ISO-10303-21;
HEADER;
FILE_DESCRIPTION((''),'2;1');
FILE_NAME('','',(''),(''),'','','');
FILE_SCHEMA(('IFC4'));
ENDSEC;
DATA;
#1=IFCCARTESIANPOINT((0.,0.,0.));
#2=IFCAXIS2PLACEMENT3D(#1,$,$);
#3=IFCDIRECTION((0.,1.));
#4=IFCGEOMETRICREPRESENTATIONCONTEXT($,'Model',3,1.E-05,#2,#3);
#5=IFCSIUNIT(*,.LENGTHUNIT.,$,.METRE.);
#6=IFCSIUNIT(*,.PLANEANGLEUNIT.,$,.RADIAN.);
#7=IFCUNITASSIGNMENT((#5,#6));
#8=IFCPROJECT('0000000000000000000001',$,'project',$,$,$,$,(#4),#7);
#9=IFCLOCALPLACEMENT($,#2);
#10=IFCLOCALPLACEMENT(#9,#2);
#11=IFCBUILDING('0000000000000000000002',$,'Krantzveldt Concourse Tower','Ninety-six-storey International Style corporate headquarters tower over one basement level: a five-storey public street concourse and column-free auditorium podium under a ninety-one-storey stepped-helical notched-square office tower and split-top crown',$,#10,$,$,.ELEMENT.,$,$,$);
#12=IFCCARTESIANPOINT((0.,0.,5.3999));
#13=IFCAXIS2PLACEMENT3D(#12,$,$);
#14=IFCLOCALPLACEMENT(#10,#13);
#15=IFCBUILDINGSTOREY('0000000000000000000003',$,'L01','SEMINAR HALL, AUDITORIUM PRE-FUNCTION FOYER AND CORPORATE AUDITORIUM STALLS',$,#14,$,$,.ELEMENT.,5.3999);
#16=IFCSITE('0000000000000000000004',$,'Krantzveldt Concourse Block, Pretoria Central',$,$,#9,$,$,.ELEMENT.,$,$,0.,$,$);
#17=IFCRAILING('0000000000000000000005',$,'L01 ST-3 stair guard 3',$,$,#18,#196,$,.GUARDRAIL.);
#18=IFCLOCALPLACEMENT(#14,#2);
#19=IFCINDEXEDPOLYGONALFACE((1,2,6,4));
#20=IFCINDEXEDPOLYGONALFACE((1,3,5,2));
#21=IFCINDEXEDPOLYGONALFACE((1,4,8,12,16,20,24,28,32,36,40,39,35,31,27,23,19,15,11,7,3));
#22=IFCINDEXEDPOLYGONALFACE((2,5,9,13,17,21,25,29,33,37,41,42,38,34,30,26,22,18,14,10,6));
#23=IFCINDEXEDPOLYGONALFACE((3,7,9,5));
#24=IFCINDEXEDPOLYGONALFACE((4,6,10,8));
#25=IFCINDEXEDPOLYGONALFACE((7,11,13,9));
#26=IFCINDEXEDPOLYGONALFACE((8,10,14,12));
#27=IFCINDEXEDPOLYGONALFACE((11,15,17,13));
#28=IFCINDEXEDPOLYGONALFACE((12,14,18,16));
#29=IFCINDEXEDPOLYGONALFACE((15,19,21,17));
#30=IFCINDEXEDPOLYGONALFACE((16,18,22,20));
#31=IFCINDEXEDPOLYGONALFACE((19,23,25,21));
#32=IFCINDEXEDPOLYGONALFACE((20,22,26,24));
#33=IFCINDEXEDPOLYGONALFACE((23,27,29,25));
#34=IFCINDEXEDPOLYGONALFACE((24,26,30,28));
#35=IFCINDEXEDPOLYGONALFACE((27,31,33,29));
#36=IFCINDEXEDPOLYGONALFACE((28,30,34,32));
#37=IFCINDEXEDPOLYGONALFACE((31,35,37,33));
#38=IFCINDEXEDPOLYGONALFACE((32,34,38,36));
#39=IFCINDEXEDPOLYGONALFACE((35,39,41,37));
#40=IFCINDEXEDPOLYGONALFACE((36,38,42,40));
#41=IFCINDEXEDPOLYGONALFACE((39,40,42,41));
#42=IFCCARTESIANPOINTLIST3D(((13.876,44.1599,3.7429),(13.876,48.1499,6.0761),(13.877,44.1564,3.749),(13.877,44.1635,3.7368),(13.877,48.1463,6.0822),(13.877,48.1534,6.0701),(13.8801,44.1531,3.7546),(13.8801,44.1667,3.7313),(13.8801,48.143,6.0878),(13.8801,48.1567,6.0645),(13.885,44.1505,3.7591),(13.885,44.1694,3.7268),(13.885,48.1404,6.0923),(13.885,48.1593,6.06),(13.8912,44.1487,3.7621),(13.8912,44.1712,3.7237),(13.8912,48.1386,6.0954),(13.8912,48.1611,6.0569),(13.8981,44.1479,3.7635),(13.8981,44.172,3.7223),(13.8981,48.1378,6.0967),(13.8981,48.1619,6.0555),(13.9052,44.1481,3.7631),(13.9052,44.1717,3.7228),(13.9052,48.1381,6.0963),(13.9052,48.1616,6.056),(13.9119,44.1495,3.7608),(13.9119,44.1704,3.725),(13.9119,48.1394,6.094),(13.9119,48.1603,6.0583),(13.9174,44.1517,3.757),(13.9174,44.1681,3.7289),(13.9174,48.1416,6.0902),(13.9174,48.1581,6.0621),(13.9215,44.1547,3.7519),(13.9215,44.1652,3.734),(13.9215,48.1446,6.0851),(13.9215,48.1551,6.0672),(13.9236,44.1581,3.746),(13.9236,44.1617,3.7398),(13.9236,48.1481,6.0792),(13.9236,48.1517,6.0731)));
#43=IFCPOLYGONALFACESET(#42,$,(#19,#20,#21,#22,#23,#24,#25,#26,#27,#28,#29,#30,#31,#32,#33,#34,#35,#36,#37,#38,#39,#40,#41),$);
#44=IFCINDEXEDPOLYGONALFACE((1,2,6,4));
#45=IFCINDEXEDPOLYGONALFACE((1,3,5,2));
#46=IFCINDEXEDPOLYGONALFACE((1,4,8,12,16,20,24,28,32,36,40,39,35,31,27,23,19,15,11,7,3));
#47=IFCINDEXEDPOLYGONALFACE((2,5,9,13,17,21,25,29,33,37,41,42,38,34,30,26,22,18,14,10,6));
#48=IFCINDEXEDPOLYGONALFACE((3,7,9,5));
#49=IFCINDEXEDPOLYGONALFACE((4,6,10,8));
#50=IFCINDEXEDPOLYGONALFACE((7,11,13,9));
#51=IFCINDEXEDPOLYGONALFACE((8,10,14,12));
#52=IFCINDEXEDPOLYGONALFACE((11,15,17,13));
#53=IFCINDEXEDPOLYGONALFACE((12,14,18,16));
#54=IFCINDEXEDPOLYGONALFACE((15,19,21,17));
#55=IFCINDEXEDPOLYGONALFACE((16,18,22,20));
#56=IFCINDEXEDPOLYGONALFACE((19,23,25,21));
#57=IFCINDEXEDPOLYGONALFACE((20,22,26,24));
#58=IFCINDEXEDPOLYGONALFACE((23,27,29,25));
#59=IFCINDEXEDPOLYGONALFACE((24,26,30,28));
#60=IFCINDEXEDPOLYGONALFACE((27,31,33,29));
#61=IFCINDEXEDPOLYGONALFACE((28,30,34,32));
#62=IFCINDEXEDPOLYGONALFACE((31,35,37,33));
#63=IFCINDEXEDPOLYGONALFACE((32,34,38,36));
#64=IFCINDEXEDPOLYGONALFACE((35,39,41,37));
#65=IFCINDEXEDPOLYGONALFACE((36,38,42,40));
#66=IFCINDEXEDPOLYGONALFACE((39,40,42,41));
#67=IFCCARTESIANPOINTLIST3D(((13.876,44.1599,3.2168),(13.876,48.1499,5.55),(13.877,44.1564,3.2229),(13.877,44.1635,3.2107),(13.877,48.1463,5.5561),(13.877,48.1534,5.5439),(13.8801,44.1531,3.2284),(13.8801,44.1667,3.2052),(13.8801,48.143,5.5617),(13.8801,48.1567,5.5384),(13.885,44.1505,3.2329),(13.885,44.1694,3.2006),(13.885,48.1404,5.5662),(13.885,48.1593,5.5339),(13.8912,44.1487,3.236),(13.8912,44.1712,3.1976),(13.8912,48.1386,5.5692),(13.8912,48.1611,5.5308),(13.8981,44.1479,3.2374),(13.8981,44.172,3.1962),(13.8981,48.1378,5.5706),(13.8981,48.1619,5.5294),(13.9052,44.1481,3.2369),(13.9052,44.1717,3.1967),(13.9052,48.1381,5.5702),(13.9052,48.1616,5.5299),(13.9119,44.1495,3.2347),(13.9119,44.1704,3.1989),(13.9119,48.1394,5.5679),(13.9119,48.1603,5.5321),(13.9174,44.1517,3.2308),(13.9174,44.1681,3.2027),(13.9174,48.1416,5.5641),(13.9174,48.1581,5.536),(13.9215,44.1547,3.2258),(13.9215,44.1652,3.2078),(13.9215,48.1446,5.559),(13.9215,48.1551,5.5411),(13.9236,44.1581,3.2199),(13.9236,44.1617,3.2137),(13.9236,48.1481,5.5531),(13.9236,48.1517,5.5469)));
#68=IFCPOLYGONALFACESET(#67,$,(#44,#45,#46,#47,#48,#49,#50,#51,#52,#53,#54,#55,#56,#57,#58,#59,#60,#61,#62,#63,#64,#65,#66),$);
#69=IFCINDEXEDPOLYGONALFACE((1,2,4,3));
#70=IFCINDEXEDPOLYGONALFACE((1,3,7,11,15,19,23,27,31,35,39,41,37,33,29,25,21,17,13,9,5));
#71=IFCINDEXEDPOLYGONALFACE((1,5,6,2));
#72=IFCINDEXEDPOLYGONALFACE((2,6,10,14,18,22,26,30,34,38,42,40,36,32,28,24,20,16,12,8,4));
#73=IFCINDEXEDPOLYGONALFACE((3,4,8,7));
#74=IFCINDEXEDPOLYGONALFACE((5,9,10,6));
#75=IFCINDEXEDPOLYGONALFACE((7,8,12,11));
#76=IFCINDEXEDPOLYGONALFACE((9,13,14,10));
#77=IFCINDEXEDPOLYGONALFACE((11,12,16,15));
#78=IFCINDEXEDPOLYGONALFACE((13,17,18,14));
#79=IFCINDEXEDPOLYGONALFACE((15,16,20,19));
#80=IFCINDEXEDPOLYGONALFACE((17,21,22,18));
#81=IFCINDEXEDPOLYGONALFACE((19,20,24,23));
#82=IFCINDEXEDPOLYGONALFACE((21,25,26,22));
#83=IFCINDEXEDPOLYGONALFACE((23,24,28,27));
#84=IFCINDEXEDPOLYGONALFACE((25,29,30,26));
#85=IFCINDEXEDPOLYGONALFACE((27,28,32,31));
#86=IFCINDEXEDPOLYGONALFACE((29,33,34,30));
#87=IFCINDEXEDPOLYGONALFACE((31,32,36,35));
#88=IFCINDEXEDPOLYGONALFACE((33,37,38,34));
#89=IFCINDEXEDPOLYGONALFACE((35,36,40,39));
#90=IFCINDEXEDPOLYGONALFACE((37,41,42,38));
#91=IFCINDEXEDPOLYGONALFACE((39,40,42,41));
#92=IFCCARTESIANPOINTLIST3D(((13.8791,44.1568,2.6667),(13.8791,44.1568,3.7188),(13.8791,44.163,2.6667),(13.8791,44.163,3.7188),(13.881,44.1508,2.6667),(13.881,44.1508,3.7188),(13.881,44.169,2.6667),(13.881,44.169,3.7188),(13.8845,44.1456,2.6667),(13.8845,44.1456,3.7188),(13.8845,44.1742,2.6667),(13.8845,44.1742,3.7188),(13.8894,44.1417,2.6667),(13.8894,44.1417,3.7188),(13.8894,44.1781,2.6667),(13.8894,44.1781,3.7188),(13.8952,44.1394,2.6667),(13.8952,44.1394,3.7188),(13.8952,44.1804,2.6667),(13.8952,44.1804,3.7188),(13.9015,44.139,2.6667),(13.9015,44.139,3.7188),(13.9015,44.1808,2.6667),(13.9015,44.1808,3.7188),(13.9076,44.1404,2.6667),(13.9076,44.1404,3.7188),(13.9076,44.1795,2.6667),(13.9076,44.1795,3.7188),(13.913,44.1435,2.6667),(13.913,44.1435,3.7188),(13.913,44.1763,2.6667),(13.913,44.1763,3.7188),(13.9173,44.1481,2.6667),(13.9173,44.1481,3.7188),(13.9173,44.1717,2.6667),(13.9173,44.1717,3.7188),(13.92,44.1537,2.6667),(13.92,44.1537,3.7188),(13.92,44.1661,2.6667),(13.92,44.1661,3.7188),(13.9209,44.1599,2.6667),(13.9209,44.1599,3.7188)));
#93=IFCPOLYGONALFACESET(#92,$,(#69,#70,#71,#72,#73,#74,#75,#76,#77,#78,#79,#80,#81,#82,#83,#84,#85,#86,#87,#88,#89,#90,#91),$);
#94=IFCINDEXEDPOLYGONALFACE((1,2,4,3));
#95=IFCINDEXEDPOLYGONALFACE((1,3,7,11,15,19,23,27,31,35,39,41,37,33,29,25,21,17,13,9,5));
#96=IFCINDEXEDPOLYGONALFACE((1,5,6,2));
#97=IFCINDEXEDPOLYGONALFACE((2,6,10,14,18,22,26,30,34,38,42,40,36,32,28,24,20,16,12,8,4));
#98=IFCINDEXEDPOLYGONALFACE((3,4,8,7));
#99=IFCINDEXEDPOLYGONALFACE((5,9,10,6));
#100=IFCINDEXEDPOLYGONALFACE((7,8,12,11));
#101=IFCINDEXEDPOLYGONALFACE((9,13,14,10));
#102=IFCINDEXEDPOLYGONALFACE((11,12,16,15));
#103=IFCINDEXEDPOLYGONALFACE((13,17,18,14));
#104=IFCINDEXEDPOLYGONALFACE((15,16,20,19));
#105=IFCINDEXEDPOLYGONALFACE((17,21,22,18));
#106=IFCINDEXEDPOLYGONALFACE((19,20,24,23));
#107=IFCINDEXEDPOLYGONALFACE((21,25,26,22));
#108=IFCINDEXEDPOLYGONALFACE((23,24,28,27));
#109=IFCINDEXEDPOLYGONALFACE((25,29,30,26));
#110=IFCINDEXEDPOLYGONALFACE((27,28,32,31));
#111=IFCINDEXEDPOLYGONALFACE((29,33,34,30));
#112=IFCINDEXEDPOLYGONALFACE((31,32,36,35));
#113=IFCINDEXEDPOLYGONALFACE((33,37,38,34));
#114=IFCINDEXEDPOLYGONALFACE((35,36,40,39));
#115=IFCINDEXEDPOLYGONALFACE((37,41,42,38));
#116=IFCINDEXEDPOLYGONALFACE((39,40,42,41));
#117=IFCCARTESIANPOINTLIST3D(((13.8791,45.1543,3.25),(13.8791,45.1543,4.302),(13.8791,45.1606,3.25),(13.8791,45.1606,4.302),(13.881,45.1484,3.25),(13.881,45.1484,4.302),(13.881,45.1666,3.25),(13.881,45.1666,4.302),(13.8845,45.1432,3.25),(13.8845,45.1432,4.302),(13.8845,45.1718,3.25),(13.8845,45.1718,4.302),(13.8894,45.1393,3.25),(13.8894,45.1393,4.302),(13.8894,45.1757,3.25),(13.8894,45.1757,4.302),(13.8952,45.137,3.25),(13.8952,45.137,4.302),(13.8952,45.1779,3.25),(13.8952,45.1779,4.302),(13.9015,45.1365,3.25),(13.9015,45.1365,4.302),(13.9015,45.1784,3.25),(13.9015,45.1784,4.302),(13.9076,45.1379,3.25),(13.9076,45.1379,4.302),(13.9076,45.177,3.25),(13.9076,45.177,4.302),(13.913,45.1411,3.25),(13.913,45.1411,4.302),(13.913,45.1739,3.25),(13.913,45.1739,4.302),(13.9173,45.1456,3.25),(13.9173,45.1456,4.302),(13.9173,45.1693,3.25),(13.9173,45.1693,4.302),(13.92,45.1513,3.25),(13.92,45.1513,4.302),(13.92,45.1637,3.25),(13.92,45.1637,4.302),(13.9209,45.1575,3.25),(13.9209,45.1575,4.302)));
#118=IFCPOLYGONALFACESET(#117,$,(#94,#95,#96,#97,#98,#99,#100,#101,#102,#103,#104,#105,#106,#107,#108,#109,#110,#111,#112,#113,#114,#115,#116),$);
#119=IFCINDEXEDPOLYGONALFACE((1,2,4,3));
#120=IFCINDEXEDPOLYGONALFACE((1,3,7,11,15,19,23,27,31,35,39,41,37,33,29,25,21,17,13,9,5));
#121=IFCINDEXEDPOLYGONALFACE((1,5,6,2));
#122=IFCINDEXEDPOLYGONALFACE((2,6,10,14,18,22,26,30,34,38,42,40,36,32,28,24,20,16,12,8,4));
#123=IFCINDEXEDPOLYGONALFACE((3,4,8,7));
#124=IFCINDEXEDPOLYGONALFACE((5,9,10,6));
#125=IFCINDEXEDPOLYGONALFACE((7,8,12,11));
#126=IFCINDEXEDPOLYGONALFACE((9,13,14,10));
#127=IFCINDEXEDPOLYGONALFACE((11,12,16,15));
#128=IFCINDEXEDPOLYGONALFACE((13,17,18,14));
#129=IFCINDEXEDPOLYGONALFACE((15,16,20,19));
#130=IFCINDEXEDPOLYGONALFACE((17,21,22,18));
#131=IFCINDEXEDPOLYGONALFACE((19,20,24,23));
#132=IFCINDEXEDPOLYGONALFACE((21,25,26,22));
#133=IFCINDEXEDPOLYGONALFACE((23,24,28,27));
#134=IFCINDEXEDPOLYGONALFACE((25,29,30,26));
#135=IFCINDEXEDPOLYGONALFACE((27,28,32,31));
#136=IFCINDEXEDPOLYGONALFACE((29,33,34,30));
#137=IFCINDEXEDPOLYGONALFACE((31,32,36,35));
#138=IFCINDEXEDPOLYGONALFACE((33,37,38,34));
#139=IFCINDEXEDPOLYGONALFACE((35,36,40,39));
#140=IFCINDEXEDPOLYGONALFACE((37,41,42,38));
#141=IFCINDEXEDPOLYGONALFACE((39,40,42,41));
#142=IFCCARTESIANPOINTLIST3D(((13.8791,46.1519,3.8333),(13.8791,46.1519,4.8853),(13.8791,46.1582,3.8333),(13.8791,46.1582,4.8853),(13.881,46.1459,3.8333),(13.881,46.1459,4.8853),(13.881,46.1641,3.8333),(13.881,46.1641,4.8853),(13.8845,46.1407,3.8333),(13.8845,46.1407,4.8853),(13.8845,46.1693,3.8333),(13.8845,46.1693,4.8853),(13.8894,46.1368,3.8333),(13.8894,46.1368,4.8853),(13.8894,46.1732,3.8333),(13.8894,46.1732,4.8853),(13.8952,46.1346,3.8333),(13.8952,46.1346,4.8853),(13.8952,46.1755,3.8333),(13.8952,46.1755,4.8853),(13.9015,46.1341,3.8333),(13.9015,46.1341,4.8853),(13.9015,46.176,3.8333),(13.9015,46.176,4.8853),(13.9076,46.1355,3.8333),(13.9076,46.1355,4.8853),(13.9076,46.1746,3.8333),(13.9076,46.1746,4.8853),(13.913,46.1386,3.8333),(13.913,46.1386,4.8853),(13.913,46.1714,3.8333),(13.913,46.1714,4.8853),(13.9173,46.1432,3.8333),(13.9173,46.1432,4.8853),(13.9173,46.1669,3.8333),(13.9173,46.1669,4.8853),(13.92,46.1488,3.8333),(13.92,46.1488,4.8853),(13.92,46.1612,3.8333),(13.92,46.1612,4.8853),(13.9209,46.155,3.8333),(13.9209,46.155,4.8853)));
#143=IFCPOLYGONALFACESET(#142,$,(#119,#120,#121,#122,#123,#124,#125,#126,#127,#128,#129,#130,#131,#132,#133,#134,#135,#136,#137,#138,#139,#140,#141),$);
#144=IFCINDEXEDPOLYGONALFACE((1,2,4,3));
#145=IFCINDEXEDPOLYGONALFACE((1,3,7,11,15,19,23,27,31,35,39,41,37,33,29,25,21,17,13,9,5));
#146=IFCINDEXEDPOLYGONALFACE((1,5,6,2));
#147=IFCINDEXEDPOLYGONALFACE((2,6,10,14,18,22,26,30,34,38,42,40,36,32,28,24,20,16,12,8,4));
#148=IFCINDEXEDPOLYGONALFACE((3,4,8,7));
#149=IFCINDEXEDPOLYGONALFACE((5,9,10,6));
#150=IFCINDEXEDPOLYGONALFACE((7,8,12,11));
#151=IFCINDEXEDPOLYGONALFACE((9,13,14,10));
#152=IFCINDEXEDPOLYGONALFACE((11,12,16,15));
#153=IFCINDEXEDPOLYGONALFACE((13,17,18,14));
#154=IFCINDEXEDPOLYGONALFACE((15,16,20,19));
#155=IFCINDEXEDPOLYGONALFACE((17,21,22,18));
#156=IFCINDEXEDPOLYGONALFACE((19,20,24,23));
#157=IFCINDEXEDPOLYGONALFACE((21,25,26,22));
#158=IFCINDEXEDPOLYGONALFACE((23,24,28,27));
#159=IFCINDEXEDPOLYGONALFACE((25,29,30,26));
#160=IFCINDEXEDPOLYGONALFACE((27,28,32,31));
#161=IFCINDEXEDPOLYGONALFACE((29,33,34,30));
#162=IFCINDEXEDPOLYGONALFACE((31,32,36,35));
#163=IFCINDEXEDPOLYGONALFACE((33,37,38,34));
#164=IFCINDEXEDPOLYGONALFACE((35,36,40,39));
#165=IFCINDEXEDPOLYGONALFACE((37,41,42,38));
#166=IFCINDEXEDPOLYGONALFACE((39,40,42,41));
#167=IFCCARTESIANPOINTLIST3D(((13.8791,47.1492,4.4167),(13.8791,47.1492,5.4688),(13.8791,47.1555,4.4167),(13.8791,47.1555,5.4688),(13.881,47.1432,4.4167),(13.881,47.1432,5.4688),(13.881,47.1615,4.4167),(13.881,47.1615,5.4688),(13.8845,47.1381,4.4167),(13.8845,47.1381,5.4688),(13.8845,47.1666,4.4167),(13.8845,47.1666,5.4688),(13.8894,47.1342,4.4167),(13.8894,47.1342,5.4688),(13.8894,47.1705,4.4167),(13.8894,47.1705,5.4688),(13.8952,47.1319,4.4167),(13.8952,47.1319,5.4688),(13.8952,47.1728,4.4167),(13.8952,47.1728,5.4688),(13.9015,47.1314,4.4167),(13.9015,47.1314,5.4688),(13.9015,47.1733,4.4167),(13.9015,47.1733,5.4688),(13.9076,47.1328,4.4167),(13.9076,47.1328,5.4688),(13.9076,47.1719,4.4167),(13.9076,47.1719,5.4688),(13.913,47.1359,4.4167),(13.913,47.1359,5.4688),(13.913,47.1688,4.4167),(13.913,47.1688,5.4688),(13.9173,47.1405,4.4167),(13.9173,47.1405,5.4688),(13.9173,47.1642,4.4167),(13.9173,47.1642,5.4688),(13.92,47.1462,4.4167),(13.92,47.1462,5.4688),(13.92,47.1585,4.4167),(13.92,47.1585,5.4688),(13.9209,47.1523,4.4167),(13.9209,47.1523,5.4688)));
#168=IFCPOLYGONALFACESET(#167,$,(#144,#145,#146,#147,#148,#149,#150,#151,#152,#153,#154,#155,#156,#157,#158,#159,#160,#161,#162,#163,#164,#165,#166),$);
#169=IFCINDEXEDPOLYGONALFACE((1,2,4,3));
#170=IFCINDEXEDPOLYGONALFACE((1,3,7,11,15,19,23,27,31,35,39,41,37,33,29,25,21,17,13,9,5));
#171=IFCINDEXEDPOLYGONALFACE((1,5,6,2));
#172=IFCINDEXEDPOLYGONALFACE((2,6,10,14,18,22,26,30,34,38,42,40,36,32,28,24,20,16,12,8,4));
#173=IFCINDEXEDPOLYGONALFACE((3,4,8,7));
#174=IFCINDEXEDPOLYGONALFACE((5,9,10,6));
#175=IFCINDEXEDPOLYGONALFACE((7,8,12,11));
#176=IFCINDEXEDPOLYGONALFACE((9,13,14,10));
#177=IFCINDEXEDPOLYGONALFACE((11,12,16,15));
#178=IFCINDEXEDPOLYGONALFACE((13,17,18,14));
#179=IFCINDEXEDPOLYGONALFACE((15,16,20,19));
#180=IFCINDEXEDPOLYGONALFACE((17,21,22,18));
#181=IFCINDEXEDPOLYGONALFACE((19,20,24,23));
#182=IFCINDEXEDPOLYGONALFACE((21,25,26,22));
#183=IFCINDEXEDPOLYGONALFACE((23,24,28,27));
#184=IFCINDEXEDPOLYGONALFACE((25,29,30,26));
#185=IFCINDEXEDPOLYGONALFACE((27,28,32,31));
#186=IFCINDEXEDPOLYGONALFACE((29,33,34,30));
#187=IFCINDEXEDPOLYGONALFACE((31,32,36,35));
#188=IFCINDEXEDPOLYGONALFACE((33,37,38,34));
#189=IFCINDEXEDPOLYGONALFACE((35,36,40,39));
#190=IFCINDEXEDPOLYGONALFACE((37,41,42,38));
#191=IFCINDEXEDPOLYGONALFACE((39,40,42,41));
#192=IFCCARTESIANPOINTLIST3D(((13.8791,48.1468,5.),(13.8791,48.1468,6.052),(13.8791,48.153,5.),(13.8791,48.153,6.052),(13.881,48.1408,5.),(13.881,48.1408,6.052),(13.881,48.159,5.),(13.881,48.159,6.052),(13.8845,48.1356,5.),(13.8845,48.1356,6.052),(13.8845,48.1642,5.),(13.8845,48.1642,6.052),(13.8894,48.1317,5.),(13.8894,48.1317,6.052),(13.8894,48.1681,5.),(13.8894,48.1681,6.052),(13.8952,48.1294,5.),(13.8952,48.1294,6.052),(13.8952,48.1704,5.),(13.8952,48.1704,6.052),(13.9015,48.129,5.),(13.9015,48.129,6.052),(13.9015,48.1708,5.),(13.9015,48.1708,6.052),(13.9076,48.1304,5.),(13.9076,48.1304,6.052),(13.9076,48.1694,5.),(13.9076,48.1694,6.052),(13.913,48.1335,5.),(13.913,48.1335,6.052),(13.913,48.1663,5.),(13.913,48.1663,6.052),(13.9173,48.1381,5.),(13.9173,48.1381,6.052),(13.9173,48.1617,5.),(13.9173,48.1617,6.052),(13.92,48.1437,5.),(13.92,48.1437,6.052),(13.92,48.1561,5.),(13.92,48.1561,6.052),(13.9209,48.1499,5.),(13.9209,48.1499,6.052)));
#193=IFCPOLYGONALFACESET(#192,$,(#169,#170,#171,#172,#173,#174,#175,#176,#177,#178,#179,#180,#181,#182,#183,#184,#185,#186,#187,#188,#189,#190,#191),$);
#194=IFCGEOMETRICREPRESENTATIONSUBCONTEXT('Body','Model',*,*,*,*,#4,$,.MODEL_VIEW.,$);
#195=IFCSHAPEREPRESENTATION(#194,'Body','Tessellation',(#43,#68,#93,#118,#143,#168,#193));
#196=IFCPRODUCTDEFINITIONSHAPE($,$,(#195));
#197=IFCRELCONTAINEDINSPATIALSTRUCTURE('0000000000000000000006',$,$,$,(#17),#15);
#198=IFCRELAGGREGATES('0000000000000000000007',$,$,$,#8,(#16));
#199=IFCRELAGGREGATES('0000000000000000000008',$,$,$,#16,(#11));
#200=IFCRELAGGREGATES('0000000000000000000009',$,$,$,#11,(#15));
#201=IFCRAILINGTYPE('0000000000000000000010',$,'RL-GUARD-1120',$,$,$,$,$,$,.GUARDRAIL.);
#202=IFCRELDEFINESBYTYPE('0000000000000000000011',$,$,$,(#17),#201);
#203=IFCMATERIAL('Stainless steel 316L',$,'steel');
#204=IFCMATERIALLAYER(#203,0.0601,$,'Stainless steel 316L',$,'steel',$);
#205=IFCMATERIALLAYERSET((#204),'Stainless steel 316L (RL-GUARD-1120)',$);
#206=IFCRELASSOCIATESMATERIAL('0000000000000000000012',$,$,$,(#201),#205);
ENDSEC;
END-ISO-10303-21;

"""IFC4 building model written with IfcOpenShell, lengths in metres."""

from ifc_helpers import new_model, si_unit, direction, frame, origin, origin_2d, place, context, subcontext, project, spatial, circle, extrude, material, layer, layer_set, type_object, element, save


model = new_model("IFC4")

# Units and contexts
model_context = context("Model", 3, precision=1e-05, world=origin(), true_north=direction((0.0, 1.0)))
body_context = subcontext(model_context, "Body", "Model", "MODEL_VIEW")
ifc_project = project(units=[si_unit("LENGTHUNIT", "METRE"), si_unit("PLANEANGLEUNIT", "RADIAN")], contexts=[model_context])

# Site, building, storey
site_placement = place(None, origin())
site = spatial("IfcSite", under=ifc_project, at=site_placement, Name="Krantzveldt Concourse Block, Pretoria Central", CompositionType="ELEMENT", RefElevation=0.0)
building_placement = place(site_placement, origin())
building = spatial("IfcBuilding", under=site, at=building_placement, Name="Krantzveldt Concourse Tower", Description="Ninety-six-storey International Style corporate headquarters tower over one basement level: a five-storey public street concourse and column-free auditorium podium under a ninety-one-storey stepped-helical notched-square office tower and split-top crown", CompositionType="ELEMENT")
storey_placement = place(building_placement, frame((0.0, 0.0, 5.3999)))
storey = spatial("IfcBuildingStorey", under=building, at=storey_placement, Name="L01", Description="SEMINAR HALL, AUDITORIUM PRE-FUNCTION FOYER AND CORPORATE AUDITORIUM STALLS", CompositionType="ELEMENT", Elevation=5.3999)

# Railing
ifc_material_1 = material(Name="Stainless steel 316L", Category="steel")
ifc_layer_1 = layer(ifc_material_1, 0.0601, Name="Stainless steel 316L", Category="steel")
ifc_layer_set_1 = layer_set([ifc_layer_1], Name="Stainless steel 316L (RL-GUARD-1120)")
railing_type_1 = type_object("IfcRailingType", Name="RL-GUARD-1120", PredefinedType="GUARDRAIL", material=ifc_layer_set_1)
railing_1_placement = place(storey_placement, frame((13.8999, 44.1599, 2.6667)))
element("IfcRailing", 1, at=railing_1_placement, inside=storey, type_object=railing_type_1, Name="L01 ST-3 stair guard 3", PredefinedType="GUARDRAIL", context=body_context, shape_type="SweptSolid", body=[
    extrude(circle(Radius=0.0239, at=origin_2d()), frame((0.0, 0.0, 1.0762), z_axis=(0.0, 0.863236, 0.5048), x_axis=(-1.0, 0.0, 0.0)), (0.0, 0.0, 1.0), 4.6221),
    extrude(circle(Radius=0.0239, at=origin_2d()), frame((0.0, 0.0, 0.55), z_axis=(0.0, 0.863236, 0.5048), x_axis=(-1.0, 0.0, 0.0)), (0.0, 0.0, 1.0), 4.6221),
    extrude(circle(Radius=0.021, at=origin_2d()), origin(), (0.0, 0.0, 1.0), 1.052),
    extrude(circle(Radius=0.021, at=origin_2d()), frame((0.0, 0.9976, 0.5833)), (0.0, 0.0, 1.0), 1.052),
    extrude(circle(Radius=0.021, at=origin_2d()), frame((0.0, 1.9951, 1.1665)), (0.0, 0.0, 1.0), 1.052),
    extrude(circle(Radius=0.021, at=origin_2d()), frame((0.0, 2.9924, 1.75)), (0.0, 0.0, 1.0), 1.052),
    extrude(circle(Radius=0.021, at=origin_2d()), frame((0.0, 3.99, 2.3333)), (0.0, 0.0, 1.0), 1.052),
])

save(model, "model.ifc")
